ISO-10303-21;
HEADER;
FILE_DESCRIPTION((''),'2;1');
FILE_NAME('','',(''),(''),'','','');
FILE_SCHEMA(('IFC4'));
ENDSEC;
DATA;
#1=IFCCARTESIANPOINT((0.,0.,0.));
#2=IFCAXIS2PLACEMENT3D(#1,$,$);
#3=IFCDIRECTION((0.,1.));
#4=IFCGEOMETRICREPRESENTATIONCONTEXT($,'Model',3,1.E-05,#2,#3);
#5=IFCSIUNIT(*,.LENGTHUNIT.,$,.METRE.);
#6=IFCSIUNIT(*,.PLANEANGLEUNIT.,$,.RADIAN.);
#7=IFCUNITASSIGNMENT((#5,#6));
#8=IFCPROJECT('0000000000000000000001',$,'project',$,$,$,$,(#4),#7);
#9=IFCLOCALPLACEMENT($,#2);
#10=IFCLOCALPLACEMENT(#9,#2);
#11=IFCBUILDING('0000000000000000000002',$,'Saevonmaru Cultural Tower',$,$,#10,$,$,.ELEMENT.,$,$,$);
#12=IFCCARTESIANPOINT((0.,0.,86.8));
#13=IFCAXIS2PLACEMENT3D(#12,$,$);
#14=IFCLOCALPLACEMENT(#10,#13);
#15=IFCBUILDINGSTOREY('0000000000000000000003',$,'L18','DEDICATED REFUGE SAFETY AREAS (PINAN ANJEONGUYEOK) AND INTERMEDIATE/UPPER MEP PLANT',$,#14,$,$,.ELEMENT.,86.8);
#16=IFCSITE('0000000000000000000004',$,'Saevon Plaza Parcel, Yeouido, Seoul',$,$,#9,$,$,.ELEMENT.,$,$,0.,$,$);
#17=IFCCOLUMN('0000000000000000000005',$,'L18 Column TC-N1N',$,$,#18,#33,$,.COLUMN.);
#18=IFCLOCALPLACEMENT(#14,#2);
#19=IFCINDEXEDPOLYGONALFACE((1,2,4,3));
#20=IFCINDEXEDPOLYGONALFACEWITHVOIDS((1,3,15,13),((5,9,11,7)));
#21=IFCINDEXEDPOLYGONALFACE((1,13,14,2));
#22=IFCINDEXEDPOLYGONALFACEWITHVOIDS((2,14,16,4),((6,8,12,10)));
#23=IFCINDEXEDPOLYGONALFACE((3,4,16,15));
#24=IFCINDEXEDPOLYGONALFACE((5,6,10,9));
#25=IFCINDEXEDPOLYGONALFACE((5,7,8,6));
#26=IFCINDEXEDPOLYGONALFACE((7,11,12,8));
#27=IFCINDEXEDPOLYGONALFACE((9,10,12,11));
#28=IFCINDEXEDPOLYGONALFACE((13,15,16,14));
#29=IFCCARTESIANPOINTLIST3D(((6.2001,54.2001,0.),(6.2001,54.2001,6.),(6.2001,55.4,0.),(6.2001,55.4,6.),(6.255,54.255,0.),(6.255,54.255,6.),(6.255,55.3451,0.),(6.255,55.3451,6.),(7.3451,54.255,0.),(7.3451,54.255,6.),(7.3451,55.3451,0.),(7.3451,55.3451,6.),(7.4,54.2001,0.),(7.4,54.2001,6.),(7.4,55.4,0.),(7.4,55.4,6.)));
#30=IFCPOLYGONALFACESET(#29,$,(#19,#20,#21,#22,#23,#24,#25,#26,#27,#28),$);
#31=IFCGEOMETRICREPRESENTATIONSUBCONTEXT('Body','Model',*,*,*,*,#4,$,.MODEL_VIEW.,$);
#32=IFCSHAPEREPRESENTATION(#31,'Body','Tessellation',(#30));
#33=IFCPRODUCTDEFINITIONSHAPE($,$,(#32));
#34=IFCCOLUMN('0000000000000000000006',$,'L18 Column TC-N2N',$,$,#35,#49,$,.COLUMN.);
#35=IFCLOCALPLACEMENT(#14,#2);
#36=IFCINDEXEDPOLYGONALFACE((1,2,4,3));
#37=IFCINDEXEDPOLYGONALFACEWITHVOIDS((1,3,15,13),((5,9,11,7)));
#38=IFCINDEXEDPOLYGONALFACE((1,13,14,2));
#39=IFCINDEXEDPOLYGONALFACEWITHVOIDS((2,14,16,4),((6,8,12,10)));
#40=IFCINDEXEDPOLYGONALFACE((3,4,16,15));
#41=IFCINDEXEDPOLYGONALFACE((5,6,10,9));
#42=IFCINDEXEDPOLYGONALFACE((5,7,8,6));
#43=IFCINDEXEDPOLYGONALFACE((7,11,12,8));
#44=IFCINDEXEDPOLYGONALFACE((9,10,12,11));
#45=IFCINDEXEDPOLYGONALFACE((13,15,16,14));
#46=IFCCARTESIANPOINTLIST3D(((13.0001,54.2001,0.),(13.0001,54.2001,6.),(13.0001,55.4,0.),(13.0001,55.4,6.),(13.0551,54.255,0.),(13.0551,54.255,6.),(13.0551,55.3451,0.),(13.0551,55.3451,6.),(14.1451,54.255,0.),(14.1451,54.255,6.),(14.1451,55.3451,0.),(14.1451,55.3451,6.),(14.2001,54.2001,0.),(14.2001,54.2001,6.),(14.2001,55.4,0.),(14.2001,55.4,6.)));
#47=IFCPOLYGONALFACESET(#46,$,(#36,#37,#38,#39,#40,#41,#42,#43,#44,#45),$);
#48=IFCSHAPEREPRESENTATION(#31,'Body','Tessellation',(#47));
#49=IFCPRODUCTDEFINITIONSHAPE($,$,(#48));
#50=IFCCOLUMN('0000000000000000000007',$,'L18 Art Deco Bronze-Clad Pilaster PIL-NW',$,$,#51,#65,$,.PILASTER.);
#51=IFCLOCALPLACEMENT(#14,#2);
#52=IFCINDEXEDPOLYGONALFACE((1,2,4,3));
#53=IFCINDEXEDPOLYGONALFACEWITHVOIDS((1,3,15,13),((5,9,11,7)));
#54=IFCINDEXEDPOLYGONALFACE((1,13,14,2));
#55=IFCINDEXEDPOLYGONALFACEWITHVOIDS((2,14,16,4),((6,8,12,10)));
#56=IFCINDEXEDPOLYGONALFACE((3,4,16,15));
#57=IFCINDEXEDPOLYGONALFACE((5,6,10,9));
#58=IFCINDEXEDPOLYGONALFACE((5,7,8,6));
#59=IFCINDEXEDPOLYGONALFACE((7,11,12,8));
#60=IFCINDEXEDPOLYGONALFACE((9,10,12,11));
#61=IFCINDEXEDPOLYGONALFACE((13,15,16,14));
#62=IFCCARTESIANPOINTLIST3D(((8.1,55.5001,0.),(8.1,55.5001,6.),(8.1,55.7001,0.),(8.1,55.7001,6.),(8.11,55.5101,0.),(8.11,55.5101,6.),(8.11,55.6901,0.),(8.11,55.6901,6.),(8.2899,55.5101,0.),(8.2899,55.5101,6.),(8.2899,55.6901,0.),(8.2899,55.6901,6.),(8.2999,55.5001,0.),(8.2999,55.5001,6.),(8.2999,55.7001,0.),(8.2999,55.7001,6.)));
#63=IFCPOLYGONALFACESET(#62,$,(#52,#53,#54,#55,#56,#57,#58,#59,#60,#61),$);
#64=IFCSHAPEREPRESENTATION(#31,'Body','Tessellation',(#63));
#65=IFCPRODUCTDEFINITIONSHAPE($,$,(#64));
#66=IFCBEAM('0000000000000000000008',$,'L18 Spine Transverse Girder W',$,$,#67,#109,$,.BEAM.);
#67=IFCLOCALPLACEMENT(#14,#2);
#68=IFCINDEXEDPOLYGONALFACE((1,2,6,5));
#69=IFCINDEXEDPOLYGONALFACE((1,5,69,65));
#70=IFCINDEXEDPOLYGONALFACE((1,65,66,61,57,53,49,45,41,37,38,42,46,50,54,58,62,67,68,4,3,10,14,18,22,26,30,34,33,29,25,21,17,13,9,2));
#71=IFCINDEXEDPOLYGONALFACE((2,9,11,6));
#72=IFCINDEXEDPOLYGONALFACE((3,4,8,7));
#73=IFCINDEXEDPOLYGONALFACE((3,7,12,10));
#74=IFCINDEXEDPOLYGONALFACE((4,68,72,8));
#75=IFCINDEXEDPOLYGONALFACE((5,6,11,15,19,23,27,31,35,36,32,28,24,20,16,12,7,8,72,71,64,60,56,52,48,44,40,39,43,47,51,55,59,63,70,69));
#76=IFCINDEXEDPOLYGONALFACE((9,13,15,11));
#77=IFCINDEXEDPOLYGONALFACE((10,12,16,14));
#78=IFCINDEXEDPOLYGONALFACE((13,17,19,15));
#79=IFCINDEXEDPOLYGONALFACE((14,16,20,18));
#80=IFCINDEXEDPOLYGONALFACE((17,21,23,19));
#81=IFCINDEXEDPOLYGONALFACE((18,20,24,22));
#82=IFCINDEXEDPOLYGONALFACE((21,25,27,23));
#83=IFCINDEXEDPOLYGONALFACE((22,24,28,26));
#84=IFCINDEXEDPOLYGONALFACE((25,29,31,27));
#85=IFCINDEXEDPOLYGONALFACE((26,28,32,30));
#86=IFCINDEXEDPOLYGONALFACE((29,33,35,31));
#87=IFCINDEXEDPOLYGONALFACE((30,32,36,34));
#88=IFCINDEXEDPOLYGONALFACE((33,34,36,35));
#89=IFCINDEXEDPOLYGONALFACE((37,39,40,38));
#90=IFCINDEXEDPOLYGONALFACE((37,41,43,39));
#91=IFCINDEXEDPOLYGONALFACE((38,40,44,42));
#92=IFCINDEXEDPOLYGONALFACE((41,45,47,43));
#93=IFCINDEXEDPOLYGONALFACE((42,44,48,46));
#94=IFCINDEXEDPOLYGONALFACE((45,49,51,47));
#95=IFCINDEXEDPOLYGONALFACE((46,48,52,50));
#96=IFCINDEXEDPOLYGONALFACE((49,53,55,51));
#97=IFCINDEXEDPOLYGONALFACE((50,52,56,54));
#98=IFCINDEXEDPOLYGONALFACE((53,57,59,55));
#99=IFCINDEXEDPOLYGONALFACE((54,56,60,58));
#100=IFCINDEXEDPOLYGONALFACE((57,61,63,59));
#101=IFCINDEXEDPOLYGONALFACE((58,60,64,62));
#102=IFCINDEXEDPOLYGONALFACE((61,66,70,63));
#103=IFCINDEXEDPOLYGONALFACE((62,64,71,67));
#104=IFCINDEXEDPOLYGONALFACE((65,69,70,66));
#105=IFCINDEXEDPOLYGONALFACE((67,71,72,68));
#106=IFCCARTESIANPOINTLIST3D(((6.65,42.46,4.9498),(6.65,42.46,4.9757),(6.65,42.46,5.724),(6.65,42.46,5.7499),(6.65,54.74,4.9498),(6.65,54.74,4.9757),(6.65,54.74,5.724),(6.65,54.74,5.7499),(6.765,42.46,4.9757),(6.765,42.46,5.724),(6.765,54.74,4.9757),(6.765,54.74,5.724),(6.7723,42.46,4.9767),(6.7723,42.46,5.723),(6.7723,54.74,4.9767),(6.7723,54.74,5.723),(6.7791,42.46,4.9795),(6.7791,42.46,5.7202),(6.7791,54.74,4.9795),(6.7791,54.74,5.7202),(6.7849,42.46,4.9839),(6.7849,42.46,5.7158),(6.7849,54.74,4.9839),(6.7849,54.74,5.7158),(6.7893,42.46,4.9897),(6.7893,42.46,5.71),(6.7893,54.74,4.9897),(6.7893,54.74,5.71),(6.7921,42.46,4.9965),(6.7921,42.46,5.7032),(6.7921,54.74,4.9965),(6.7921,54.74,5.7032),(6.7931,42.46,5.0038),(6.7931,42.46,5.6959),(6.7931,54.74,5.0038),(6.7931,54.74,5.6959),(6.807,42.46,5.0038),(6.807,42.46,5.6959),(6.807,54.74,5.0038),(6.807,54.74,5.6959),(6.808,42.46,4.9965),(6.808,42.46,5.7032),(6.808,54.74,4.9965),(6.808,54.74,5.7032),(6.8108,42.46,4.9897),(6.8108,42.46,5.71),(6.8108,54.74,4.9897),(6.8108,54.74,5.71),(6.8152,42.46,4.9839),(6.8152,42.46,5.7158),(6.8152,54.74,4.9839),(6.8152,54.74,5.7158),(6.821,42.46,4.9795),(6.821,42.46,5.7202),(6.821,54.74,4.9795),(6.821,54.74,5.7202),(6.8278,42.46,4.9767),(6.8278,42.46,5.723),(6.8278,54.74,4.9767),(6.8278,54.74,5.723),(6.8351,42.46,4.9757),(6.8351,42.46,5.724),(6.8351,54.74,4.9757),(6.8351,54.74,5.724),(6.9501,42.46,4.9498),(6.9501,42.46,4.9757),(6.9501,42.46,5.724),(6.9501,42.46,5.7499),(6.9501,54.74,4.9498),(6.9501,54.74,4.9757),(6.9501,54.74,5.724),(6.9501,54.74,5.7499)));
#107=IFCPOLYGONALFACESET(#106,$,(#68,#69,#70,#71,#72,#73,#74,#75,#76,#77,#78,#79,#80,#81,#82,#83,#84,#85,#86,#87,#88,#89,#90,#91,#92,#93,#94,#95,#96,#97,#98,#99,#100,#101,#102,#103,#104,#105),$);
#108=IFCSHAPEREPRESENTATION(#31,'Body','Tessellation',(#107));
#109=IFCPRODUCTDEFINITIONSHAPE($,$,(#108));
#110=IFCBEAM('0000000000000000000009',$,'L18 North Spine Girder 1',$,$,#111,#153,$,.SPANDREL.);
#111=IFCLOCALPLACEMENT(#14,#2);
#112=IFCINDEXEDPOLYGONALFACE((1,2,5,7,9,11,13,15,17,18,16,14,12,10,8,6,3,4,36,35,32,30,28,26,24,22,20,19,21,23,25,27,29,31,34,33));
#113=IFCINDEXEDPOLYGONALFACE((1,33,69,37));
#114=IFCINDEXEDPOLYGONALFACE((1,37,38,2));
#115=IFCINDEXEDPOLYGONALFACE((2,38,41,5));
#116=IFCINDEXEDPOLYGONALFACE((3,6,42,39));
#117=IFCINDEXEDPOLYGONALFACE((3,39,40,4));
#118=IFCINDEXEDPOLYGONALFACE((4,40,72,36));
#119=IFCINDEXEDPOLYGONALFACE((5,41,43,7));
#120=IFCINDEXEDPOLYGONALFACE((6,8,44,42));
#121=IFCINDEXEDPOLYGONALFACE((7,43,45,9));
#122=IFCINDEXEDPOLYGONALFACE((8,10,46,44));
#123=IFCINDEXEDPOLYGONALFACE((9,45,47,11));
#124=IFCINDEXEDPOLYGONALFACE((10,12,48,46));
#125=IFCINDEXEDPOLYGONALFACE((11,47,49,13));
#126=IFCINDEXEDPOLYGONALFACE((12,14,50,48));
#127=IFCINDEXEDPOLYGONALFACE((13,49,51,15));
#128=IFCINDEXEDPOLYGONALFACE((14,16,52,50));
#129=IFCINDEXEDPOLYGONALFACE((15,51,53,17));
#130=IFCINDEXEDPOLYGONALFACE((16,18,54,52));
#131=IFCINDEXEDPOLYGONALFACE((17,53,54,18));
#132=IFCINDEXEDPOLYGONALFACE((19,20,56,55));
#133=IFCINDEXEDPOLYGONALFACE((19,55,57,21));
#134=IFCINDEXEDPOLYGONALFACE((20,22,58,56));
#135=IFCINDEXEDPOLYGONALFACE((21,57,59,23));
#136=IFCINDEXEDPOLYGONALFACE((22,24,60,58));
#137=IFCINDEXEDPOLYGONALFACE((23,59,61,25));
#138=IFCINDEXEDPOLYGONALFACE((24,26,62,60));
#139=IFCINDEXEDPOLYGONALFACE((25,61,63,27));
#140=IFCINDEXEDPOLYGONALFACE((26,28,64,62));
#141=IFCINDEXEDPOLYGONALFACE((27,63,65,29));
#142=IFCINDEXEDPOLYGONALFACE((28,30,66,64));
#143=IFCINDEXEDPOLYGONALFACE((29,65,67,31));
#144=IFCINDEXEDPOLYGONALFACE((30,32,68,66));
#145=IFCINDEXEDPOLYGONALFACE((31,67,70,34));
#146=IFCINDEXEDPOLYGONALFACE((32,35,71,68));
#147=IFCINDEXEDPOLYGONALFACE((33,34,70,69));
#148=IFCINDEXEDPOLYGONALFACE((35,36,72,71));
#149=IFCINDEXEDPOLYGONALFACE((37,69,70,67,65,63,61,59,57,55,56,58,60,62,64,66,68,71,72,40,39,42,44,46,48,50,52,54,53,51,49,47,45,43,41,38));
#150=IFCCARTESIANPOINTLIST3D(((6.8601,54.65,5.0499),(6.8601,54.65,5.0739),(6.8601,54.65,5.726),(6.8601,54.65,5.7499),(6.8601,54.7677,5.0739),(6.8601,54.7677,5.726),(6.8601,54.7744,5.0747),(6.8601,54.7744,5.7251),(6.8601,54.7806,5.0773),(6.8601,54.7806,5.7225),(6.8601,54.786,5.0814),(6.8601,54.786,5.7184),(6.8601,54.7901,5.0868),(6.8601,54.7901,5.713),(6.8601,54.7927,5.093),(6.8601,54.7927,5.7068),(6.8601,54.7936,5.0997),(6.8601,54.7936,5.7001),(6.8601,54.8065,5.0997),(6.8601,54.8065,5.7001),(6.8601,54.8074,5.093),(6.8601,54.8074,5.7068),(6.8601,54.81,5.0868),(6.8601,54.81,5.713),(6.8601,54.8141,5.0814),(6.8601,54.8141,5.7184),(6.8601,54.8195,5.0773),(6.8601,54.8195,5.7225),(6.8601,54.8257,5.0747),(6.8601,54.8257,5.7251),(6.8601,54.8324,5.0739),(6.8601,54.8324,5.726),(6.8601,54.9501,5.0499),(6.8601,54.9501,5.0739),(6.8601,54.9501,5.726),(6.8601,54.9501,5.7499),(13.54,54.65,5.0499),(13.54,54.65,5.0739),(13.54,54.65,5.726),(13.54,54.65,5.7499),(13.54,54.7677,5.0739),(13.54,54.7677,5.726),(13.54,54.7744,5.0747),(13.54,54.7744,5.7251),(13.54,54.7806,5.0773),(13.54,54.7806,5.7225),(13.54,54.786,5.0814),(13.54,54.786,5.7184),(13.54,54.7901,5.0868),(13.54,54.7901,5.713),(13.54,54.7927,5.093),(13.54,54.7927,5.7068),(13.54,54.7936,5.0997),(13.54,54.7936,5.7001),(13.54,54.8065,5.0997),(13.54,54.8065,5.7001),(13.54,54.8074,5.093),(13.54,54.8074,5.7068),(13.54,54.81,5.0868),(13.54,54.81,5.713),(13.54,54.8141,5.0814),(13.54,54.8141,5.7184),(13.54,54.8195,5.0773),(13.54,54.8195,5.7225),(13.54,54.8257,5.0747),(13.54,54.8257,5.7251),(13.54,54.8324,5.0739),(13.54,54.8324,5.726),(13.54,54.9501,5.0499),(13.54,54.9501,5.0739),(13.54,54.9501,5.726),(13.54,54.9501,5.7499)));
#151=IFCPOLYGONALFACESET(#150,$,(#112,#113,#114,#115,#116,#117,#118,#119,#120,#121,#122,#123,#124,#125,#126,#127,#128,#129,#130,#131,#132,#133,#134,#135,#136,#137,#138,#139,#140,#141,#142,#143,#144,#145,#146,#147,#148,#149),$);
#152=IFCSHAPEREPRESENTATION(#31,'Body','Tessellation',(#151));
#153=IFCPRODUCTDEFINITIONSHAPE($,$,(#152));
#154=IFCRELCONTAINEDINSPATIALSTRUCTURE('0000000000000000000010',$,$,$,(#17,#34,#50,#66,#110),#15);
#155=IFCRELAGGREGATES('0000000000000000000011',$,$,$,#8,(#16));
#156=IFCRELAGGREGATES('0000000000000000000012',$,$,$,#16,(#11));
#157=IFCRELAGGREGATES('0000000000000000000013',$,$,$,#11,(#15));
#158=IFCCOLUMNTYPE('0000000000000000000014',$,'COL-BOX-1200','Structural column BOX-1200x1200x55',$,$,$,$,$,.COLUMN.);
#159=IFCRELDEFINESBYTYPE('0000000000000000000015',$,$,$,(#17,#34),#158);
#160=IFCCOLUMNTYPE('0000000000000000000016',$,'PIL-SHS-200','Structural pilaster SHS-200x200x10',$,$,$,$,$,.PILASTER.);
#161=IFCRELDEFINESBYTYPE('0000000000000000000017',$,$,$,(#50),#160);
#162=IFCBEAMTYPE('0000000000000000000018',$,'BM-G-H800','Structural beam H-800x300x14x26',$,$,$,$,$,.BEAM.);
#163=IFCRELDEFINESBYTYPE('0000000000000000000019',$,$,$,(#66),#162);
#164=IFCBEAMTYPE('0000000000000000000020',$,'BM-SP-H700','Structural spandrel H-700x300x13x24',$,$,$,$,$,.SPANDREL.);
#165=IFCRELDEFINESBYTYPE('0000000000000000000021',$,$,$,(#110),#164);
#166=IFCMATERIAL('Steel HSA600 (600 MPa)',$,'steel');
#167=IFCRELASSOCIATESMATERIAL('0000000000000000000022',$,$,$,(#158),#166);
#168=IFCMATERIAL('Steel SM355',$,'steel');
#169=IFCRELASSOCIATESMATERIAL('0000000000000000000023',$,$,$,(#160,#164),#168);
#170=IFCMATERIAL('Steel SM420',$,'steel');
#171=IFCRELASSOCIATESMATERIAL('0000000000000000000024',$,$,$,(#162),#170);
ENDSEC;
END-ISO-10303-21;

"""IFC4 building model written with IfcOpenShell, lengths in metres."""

from ifc_helpers import new_model, si_unit, direction, frame, origin, origin_2d, place, context, subcontext, project, spatial, hollow_rectangle, i_section, extrude, material, material_profile, profile_set, type_object, element, save


model = new_model("IFC4")

# Units and contexts
model_context = context("Model", 3, precision=1e-05, world=origin(), true_north=direction((0.0, 1.0)))
body_context = subcontext(model_context, "Body", "Model", "MODEL_VIEW")
ifc_project = project(units=[si_unit("LENGTHUNIT", "METRE"), si_unit("PLANEANGLEUNIT", "RADIAN")], contexts=[model_context])

# Site, building, storey
site_placement = place(None, origin())
site = spatial("IfcSite", under=ifc_project, at=site_placement, Name="Saevon Plaza Parcel, Yeouido, Seoul", CompositionType="ELEMENT", RefElevation=0.0)
building_placement = place(site_placement, origin())
building = spatial("IfcBuilding", under=site, at=building_placement, Name="Saevonmaru Cultural Tower", CompositionType="ELEMENT")
storey_placement = place(building_placement, frame((0.0, 0.0, 86.8)))
storey = spatial("IfcBuildingStorey", under=building, at=storey_placement, Name="L18", Description="DEDICATED REFUGE SAFETY AREAS (PINAN ANJEONGUYEOK) AND INTERMEDIATE/UPPER MEP PLANT", CompositionType="ELEMENT", Elevation=86.8)

# Columns
ifc_material_1 = material(Name="Steel HSA600 (600 MPa)", Category="steel")
ifc_material_profile_1 = material_profile(ifc_material_1, hollow_rectangle(XDim=1.2, YDim=1.2, WallThickness=0.0549, at=origin_2d()), Name="BOX-1200x1200x55")
ifc_profile_set_1 = profile_set([ifc_material_profile_1], Name="Steel HSA600 (600 MPa)")
column_type_1 = type_object("IfcColumnType", Name="COL-BOX-1200", Description="Structural column BOX-1200x1200x55", PredefinedType="COLUMN", material=ifc_profile_set_1)
for number, where, z_axis, x_axis, name in (
    (1, (6.8, 54.8, 0.0), (0.0, 0.0, 1.0), (1.0, 0.0, 0.0), "L18 Column TC-N1N"),
    (2, (13.6001, 54.8, 0.0), (0.0, 0.0, 1.0), (1.0, 0.0, 0.0), "L18 Column TC-N2N"),
):
    element("IfcColumn", number, at=place(storey_placement, frame(where, z_axis=z_axis, x_axis=x_axis)), inside=storey, type_object=column_type_1, Name=name, PredefinedType="COLUMN", context=body_context, shape_type="SweptSolid", body=[
        extrude(hollow_rectangle(XDim=1.2, YDim=1.2, WallThickness=0.0549, at=origin_2d()), origin(), (0.0, 0.0, 1.0), 6.0),
    ])
ifc_material_2 = material(Name="Steel SM355", Category="steel")
ifc_material_profile_2 = material_profile(ifc_material_2, hollow_rectangle(XDim=0.2, YDim=0.2, WallThickness=0.01, at=origin_2d()), Name="SHS-200x200x10")
ifc_profile_set_2 = profile_set([ifc_material_profile_2], Name="Steel SM355")
column_type_2 = type_object("IfcColumnType", Name="PIL-SHS-200", Description="Structural pilaster SHS-200x200x10", PredefinedType="PILASTER", material=ifc_profile_set_2)
column_placement = place(storey_placement, frame((8.2, 55.6001, 0.0), z_axis=(0.0, 0.0, 1.0), x_axis=(1.0, 0.0, 0.0)))
element("IfcColumn", 3, at=column_placement, inside=storey, type_object=column_type_2, Name="L18 Art Deco Bronze-Clad Pilaster PIL-NW", PredefinedType="PILASTER", context=body_context, shape_type="SweptSolid", body=[
    extrude(hollow_rectangle(XDim=0.2, YDim=0.2, WallThickness=0.01, at=origin_2d()), origin(), (0.0, 0.0, 1.0), 6.0),
])

# Beams
ifc_material_3 = material(Name="Steel SM420", Category="steel")
ifc_material_profile_3 = material_profile(ifc_material_3, i_section(OverallWidth=0.3, OverallDepth=0.8, WebThickness=0.0139, FlangeThickness=0.0259, FilletRadius=0.0281, at=origin_2d()), Name="H-800x300x14x26")
ifc_profile_set_3 = profile_set([ifc_material_profile_3], Name="Steel SM420")
beam_type_1 = type_object("IfcBeamType", Name="BM-G-H800", Description="Structural beam H-800x300x14x26", PredefinedType="BEAM", material=ifc_profile_set_3)
beam_1_placement = place(storey_placement, frame((6.8, 54.74, 5.3499), z_axis=(0.0, -1.0, 0.0), x_axis=(1.0, 0.0, 0.0)))
element("IfcBeam", 4, at=beam_1_placement, inside=storey, type_object=beam_type_1, Name="L18 Spine Transverse Girder W", PredefinedType="BEAM", context=body_context, shape_type="SweptSolid", body=[
    extrude(i_section(OverallWidth=0.3, OverallDepth=0.8, WebThickness=0.0139, FlangeThickness=0.0259, FilletRadius=0.0281, at=origin_2d()), origin(), (0.0, 0.0, 1.0), 12.28),
])
ifc_material_profile_4 = material_profile(ifc_material_2, i_section(OverallWidth=0.3, OverallDepth=0.7, WebThickness=0.0129, FlangeThickness=0.0239, FilletRadius=0.0259, at=origin_2d()), Name="H-700x300x13x24")
ifc_profile_set_4 = profile_set([ifc_material_profile_4], Name="Steel SM355")
beam_type_2 = type_object("IfcBeamType", Name="BM-SP-H700", Description="Structural spandrel H-700x300x13x24", PredefinedType="SPANDREL", material=ifc_profile_set_4)
beam_2_placement = place(storey_placement, frame((6.8601, 54.8, 5.3999), z_axis=(1.0, 0.0, 0.0), x_axis=(0.0, 1.0, 0.0)))
element("IfcBeam", 5, at=beam_2_placement, inside=storey, type_object=beam_type_2, Name="L18 North Spine Girder 1", PredefinedType="SPANDREL", context=body_context, shape_type="SweptSolid", body=[
    extrude(i_section(OverallWidth=0.3, OverallDepth=0.7, WebThickness=0.0129, FlangeThickness=0.0239, FilletRadius=0.0259, at=origin_2d()), origin(), (0.0, 0.0, 1.0), 6.6799),
])

save(model, "model.ifc")
